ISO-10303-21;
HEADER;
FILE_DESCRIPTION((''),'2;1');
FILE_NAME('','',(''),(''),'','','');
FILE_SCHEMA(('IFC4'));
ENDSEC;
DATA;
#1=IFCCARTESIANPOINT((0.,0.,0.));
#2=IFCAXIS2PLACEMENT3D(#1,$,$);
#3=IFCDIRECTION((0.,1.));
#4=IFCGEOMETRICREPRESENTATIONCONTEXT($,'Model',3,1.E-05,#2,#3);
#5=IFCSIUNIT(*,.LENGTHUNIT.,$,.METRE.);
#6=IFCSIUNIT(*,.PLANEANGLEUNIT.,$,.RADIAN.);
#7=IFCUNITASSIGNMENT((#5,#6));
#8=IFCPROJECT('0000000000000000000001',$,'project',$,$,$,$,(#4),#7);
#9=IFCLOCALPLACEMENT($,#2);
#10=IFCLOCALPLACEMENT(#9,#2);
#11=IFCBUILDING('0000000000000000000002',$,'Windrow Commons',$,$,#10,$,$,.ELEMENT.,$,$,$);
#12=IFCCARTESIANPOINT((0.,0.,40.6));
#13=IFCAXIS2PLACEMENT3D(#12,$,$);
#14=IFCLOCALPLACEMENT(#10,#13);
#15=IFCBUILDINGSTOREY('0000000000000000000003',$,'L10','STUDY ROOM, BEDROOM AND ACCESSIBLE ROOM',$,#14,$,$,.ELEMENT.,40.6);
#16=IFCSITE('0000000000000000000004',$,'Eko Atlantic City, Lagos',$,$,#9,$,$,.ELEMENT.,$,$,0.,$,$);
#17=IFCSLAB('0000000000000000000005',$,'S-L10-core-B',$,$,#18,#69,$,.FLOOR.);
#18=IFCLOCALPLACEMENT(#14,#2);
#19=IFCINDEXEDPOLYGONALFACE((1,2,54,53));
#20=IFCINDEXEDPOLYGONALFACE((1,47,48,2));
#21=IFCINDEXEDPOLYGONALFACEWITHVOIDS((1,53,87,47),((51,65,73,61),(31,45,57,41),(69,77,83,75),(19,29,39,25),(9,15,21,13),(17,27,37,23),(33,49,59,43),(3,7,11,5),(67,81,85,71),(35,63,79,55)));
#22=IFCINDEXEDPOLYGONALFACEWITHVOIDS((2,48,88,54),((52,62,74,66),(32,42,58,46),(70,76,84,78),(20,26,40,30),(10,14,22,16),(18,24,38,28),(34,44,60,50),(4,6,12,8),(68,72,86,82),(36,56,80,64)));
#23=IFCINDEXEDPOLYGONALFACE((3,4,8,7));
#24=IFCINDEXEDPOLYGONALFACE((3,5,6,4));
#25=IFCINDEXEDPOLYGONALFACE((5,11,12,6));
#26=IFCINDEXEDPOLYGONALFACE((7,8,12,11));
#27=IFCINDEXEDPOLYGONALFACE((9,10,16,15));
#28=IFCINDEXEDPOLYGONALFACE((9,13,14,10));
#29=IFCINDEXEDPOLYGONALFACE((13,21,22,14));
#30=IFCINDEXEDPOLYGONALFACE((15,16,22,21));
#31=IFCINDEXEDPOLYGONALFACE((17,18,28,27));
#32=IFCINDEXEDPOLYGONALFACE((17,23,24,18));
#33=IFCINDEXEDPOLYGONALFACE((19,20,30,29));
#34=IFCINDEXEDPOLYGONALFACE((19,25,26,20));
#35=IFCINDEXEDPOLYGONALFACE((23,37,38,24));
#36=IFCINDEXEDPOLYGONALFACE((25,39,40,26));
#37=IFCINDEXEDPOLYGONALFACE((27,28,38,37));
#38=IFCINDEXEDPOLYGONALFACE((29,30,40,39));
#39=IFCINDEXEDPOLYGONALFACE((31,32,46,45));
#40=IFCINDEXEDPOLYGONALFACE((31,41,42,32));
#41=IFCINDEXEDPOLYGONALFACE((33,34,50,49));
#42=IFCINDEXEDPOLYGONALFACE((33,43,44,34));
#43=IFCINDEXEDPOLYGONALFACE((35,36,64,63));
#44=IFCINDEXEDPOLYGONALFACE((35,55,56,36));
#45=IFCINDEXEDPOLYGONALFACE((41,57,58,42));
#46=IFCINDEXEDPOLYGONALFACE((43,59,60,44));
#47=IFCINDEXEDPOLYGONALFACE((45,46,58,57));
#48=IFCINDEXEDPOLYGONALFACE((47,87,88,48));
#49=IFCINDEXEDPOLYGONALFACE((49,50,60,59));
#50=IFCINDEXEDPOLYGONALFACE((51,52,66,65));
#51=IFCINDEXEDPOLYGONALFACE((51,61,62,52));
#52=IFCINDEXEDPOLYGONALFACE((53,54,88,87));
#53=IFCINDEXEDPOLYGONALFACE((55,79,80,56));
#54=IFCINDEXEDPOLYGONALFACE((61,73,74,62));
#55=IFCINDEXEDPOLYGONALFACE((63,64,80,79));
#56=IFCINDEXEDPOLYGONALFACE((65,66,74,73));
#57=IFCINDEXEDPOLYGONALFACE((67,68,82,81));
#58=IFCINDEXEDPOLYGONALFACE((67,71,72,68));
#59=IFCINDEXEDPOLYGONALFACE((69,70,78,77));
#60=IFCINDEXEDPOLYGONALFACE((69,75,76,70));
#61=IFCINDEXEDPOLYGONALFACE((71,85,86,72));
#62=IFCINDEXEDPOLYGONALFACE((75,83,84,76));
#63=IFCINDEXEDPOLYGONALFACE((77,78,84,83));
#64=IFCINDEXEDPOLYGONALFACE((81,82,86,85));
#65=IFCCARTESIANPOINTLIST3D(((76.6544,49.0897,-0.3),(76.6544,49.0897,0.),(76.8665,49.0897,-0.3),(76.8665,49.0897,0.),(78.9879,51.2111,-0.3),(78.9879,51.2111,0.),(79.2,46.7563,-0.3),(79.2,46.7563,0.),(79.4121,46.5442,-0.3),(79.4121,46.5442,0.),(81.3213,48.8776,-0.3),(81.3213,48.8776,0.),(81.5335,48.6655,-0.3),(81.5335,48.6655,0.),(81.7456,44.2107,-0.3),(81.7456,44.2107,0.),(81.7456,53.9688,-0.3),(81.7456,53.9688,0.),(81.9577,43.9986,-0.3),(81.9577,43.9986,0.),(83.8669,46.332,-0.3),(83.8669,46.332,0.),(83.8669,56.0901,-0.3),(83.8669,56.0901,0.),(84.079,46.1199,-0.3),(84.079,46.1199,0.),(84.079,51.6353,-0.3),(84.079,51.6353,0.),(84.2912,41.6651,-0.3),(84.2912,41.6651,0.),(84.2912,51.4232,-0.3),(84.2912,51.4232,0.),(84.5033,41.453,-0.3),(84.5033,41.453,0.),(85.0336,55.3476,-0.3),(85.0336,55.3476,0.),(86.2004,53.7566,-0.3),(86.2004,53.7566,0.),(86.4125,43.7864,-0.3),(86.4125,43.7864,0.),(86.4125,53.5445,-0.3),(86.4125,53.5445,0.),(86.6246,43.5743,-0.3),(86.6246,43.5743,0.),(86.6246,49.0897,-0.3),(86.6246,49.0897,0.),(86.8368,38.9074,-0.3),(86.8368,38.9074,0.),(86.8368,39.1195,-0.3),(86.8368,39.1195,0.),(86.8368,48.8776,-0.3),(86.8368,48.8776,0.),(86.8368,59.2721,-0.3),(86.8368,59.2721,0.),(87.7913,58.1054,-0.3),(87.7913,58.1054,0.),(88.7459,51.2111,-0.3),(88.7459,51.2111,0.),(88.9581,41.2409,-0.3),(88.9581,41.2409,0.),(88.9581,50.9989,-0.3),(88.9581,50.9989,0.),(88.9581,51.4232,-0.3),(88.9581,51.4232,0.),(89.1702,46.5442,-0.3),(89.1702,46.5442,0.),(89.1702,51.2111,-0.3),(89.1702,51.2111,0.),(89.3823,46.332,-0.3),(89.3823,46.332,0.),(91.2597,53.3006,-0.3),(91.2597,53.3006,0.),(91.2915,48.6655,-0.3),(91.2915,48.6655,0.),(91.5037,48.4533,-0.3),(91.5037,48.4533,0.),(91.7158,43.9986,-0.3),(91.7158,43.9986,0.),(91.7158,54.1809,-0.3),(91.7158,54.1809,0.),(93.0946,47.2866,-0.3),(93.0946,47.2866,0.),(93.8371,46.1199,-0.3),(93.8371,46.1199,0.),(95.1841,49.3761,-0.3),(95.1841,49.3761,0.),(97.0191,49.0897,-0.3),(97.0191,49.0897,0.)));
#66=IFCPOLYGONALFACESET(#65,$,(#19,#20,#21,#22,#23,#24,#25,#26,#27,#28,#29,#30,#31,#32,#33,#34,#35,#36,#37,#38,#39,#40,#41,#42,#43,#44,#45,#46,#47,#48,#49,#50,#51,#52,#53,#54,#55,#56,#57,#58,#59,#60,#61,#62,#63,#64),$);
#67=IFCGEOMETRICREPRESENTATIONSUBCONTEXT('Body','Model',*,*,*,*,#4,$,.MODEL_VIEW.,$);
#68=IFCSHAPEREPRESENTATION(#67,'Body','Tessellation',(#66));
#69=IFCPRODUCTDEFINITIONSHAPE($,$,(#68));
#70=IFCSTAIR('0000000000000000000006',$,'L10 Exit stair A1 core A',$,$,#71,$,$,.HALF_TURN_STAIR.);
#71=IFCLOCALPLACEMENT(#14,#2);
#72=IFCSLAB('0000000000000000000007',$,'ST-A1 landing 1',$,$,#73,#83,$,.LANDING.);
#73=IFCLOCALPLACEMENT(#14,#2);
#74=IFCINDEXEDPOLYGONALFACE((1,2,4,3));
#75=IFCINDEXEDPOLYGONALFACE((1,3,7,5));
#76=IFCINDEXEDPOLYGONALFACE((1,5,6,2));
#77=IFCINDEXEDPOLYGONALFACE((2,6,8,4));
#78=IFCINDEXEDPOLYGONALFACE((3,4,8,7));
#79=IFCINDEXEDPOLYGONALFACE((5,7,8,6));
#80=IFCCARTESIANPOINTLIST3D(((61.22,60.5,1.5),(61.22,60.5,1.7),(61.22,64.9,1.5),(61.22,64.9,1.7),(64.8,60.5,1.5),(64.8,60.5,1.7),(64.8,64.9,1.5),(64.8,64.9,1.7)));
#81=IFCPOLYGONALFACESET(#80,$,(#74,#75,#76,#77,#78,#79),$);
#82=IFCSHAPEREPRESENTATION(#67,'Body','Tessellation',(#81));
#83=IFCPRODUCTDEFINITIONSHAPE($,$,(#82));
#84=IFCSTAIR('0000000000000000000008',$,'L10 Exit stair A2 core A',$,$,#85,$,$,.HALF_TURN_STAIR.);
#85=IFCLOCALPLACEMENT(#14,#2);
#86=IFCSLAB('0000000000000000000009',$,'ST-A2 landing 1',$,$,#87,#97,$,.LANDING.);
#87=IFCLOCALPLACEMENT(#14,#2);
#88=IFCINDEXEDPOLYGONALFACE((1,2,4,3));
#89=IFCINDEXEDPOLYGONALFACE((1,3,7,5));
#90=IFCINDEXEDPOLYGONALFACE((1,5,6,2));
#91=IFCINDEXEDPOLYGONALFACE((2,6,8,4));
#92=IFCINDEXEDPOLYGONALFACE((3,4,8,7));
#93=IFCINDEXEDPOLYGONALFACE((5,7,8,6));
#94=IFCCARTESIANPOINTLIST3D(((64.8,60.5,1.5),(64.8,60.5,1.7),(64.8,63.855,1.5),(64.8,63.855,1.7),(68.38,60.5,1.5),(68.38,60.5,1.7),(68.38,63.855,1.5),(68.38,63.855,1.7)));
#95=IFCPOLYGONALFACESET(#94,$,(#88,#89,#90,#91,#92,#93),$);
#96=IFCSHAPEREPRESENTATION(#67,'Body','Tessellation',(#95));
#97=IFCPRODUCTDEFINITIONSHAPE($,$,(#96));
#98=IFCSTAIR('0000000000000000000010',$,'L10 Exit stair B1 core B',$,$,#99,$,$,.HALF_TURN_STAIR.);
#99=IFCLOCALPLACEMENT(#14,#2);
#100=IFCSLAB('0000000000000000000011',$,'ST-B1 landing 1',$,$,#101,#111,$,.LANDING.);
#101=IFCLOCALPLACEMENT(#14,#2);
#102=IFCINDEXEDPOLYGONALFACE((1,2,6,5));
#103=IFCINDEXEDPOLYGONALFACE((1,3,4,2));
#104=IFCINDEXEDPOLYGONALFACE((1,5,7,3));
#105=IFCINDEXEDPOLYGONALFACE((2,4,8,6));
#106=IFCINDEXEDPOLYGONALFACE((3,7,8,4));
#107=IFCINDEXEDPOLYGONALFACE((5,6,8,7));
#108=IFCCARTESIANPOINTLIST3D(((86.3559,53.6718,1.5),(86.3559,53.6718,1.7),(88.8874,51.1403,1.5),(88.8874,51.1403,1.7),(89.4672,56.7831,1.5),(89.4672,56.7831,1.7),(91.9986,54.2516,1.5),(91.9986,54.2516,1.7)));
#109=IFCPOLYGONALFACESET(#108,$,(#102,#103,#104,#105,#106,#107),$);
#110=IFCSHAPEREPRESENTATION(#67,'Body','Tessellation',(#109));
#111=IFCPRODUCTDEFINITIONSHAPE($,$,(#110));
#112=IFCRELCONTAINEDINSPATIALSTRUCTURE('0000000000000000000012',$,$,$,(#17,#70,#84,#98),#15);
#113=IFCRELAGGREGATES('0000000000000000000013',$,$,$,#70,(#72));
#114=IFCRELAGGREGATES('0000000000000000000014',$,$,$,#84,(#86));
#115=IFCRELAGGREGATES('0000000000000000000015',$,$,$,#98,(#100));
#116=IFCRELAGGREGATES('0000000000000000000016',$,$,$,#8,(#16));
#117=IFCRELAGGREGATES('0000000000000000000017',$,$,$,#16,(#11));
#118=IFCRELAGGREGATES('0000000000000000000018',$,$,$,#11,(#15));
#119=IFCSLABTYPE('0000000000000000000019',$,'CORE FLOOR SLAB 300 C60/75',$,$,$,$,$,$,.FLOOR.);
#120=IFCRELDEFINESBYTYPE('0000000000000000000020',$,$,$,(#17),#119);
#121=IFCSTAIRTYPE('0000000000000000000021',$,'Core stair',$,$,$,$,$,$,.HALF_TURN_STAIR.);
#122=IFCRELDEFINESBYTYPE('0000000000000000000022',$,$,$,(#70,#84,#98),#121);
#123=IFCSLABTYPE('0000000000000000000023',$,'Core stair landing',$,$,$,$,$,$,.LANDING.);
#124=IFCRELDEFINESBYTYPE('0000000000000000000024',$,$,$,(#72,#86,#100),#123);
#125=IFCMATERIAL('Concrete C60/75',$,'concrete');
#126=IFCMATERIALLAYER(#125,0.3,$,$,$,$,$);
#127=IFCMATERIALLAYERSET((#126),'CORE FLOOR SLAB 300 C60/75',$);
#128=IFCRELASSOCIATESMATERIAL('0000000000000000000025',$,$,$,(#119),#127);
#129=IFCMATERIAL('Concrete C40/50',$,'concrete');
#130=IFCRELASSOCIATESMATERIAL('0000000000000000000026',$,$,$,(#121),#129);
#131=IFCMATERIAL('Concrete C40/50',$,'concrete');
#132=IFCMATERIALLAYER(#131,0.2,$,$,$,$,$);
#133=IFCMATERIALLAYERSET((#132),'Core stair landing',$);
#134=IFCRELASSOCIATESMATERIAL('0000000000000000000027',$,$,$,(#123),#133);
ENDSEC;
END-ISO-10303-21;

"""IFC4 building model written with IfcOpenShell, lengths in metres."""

from ifc_helpers import new_model, si_unit, direction, frame, origin, place, context, subcontext, project, spatial, polyline, outline, extrude, material, layer, layer_set, type_object, element, aggregate, save


model = new_model("IFC4")

# Units and contexts
model_context = context("Model", 3, precision=1e-05, world=origin(), true_north=direction((0.0, 1.0)))
body_context = subcontext(model_context, "Body", "Model", "MODEL_VIEW")
ifc_project = project(units=[si_unit("LENGTHUNIT", "METRE"), si_unit("PLANEANGLEUNIT", "RADIAN")], contexts=[model_context])

# Site, building, storey
site_placement = place(None, origin())
site = spatial("IfcSite", under=ifc_project, at=site_placement, Name="Eko Atlantic City, Lagos", CompositionType="ELEMENT", RefElevation=0.0)
building_placement = place(site_placement, origin())
building = spatial("IfcBuilding", under=site, at=building_placement, Name="Windrow Commons", CompositionType="ELEMENT")
storey_placement = place(building_placement, frame((0.0, 0.0, 40.6)))
storey = spatial("IfcBuildingStorey", under=building, at=storey_placement, Name="L10", Description="STUDY ROOM, BEDROOM AND ACCESSIBLE ROOM", CompositionType="ELEMENT", Elevation=40.6)

# Slab, openings
ifc_material_1 = material(Name="Concrete C60/75", Category="concrete")
ifc_layer_1 = layer(ifc_material_1, 0.3)
ifc_layer_set_1 = layer_set([ifc_layer_1], Name="CORE FLOOR SLAB 300 C60/75")
slab_type_1 = type_object("IfcSlabType", Name="CORE FLOOR SLAB 300 C60/75", PredefinedType="FLOOR", material=ifc_layer_set_1)
placement_1 = place(storey_placement, frame((0.0, 0.0, -0.3)))
slab_1 = element("IfcSlab", 1, at=placement_1, inside=storey, type_object=slab_type_1, Name="S-L10-core-B", PredefinedType="FLOOR", context=body_context, shape_type="SweptSolid", body=[
    extrude(outline(polyline([(76.6544, 49.0897), (86.8368, 38.9074), (97.0191, 49.0897), (86.8368, 59.2721), (76.6544, 49.0897)]), holes=[polyline([(76.8665, 49.0897), (79.2, 46.7563), (81.3213, 48.8776), (78.9879, 51.2111), (76.8665, 49.0897)]), polyline([(79.4121, 46.5442), (81.7456, 44.2107), (83.8669, 46.332), (81.5335, 48.6655), (79.4121, 46.5442)]), polyline([(81.9577, 43.9986), (84.2912, 41.6651), (86.4125, 43.7864), (84.079, 46.1199), (81.9577, 43.9986)]), polyline([(84.5033, 41.453), (86.8368, 39.1195), (88.9581, 41.2409), (86.6246, 43.5743), (84.5033, 41.453)]), polyline([(81.7456, 53.9688), (84.079, 51.6353), (86.2004, 53.7566), (83.8669, 56.0901), (81.7456, 53.9688)]), polyline([(84.2912, 51.4232), (86.6246, 49.0897), (88.7459, 51.2111), (86.4125, 53.5445), (84.2912, 51.4232)]), polyline([(86.8368, 48.8776), (89.1702, 46.5442), (91.2915, 48.6655), (88.9581, 50.9989), (86.8368, 48.8776)]), polyline([(89.3823, 46.332), (91.7158, 43.9986), (93.8371, 46.1199), (91.5037, 48.4533), (89.3823, 46.332)]), polyline([(85.0336, 55.3476), (88.9581, 51.4232), (91.7158, 54.1809), (87.7913, 58.1054), (85.0336, 55.3476)]), polyline([(89.1702, 51.2111), (93.0946, 47.2866), (95.1841, 49.3761), (91.2597, 53.3006), (89.1702, 51.2111)])]), origin(), (0.0, 0.0, 1.0), 0.3),
])
opening_1_placement = place(placement_1, origin())
element("IfcOpeningElement", 2, at=opening_1_placement, cuts=slab_1, PredefinedType="OPENING", context=body_context, shape_type="SweptSolid", body=[
    extrude(outline(polyline([(76.8736, 49.0897), (78.9879, 51.204), (81.3142, 48.8776), (79.2, 46.7634), (76.8736, 49.0897)])), origin(), (0.0, 0.0, 1.0), 0.3),
])
opening_2_placement = place(placement_1, origin())
element("IfcOpeningElement", 3, at=opening_2_placement, cuts=slab_1, PredefinedType="OPENING", context=body_context, shape_type="SweptSolid", body=[
    extrude(outline(polyline([(79.4192, 46.5442), (81.5335, 48.6584), (83.8598, 46.332), (81.7456, 44.2178), (79.4192, 46.5442)])), origin(), (0.0, 0.0, 1.0), 0.3),
])
opening_3_placement = place(placement_1, origin())
element("IfcOpeningElement", 4, at=opening_3_placement, cuts=slab_1, PredefinedType="OPENING", context=body_context, shape_type="SweptSolid", body=[
    extrude(outline(polyline([(81.9648, 43.9986), (84.079, 46.1128), (86.4054, 43.7864), (84.2912, 41.6722), (81.9648, 43.9986)])), origin(), (0.0, 0.0, 1.0), 0.3),
])
opening_4_placement = place(placement_1, origin())
element("IfcOpeningElement", 5, at=opening_4_placement, cuts=slab_1, PredefinedType="OPENING", context=body_context, shape_type="SweptSolid", body=[
    extrude(outline(polyline([(84.5104, 41.453), (86.6246, 43.5672), (88.951, 41.2409), (86.8368, 39.1266), (84.5104, 41.453)])), origin(), (0.0, 0.0, 1.0), 0.3),
])
opening_5_placement = place(placement_1, origin())
element("IfcOpeningElement", 6, at=opening_5_placement, cuts=slab_1, PredefinedType="OPENING", context=body_context, shape_type="SweptSolid", body=[
    extrude(outline(polyline([(81.7527, 53.9688), (83.8669, 56.083), (86.1933, 53.7566), (84.079, 51.6424), (81.7527, 53.9688)])), origin(), (0.0, 0.0, 1.0), 0.3),
])
opening_6_placement = place(placement_1, origin())
element("IfcOpeningElement", 7, at=opening_6_placement, cuts=slab_1, PredefinedType="OPENING", context=body_context, shape_type="SweptSolid", body=[
    extrude(outline(polyline([(84.2983, 51.4232), (86.4125, 53.5374), (88.7388, 51.2111), (86.6246, 49.0968), (84.2983, 51.4232)])), origin(), (0.0, 0.0, 1.0), 0.3),
])
opening_7_placement = place(placement_1, origin())
element("IfcOpeningElement", 8, at=opening_7_placement, cuts=slab_1, PredefinedType="OPENING", context=body_context, shape_type="SweptSolid", body=[
    extrude(outline(polyline([(86.8439, 48.8776), (88.9581, 50.9918), (91.2844, 48.6655), (89.1702, 46.5513), (86.8439, 48.8776)])), origin(), (0.0, 0.0, 1.0), 0.3),
])
opening_8_placement = place(placement_1, origin())
element("IfcOpeningElement", 9, at=opening_8_placement, cuts=slab_1, PredefinedType="OPENING", context=body_context, shape_type="SweptSolid", body=[
    extrude(outline(polyline([(89.3894, 46.332), (91.5037, 48.4462), (93.83, 46.1199), (91.7158, 44.0057), (89.3894, 46.332)])), origin(), (0.0, 0.0, 1.0), 0.3),
])
opening_9_placement = place(placement_1, origin())
element("IfcOpeningElement", 10, at=opening_9_placement, cuts=slab_1, PredefinedType="OPENING", context=body_context, shape_type="SweptSolid", body=[
    extrude(outline(polyline([(85.0407, 55.3476), (87.7913, 58.0983), (91.7087, 54.1809), (88.9581, 51.4303), (85.0407, 55.3476)])), origin(), (0.0, 0.0, 1.0), 0.3),
])
opening_10_placement = place(placement_1, origin())
element("IfcOpeningElement", 11, at=opening_10_placement, cuts=slab_1, PredefinedType="OPENING", context=body_context, shape_type="SweptSolid", body=[
    extrude(outline(polyline([(89.1773, 51.2111), (91.2597, 53.2935), (95.177, 49.3761), (93.0946, 47.2937), (89.1773, 51.2111)])), origin(), (0.0, 0.0, 1.0), 0.3),
])

# Stairs, slabs
ifc_material_2 = material(Name="Concrete C40/50", Category="concrete")
stair_type = type_object("IfcStairType", Name="Core stair", PredefinedType="HALF_TURN_STAIR", material=ifc_material_2)
placement_2 = place(storey_placement, origin())
stair_1 = element("IfcStair", 12, at=placement_2, inside=storey, type_object=stair_type, Name="L10 Exit stair A1 core A", PredefinedType="HALF_TURN_STAIR")
ifc_material_3 = material(Name="Concrete C40/50", Category="concrete")
ifc_layer_2 = layer(ifc_material_3, 0.2)
ifc_layer_set_2 = layer_set([ifc_layer_2], Name="Core stair landing")
slab_type_2 = type_object("IfcSlabType", Name="Core stair landing", PredefinedType="LANDING", material=ifc_layer_set_2)
placement_3 = place(storey_placement, frame((0.0, 0.0, 1.5)))
slab_2 = element("IfcSlab", 13, at=placement_3, type_object=slab_type_2, Name="ST-A1 landing 1", PredefinedType="LANDING", context=body_context, shape_type="SweptSolid", body=[
    extrude(outline(polyline([(61.22, 60.5), (64.8, 60.5), (64.8, 64.9), (61.22, 64.9), (61.22, 60.5)])), origin(), (0.0, 0.0, 1.0), 0.2),
])
aggregate(stair_1, [slab_2])
stair_2 = element("IfcStair", 14, at=placement_2, inside=storey, type_object=stair_type, Name="L10 Exit stair A2 core A", PredefinedType="HALF_TURN_STAIR")
slab_3 = element("IfcSlab", 15, at=placement_3, type_object=slab_type_2, Name="ST-A2 landing 1", PredefinedType="LANDING", context=body_context, shape_type="SweptSolid", body=[
    extrude(outline(polyline([(64.8, 60.5), (68.38, 60.5), (68.38, 63.855), (64.8, 63.855), (64.8, 60.5)])), origin(), (0.0, 0.0, 1.0), 0.2),
])
aggregate(stair_2, [slab_3])
stair_3 = element("IfcStair", 16, at=placement_2, inside=storey, type_object=stair_type, Name="L10 Exit stair B1 core B", PredefinedType="HALF_TURN_STAIR")
slab_4 = element("IfcSlab", 17, at=placement_3, type_object=slab_type_2, Name="ST-B1 landing 1", PredefinedType="LANDING", context=body_context, shape_type="SweptSolid", body=[
    extrude(outline(polyline([(86.3559, 53.6718), (88.8874, 51.1403), (91.9986, 54.2516), (89.4672, 56.7831), (86.3559, 53.6718)])), origin(), (0.0, 0.0, 1.0), 0.2),
])
aggregate(stair_3, [slab_4])

save(model, "model.ifc")
